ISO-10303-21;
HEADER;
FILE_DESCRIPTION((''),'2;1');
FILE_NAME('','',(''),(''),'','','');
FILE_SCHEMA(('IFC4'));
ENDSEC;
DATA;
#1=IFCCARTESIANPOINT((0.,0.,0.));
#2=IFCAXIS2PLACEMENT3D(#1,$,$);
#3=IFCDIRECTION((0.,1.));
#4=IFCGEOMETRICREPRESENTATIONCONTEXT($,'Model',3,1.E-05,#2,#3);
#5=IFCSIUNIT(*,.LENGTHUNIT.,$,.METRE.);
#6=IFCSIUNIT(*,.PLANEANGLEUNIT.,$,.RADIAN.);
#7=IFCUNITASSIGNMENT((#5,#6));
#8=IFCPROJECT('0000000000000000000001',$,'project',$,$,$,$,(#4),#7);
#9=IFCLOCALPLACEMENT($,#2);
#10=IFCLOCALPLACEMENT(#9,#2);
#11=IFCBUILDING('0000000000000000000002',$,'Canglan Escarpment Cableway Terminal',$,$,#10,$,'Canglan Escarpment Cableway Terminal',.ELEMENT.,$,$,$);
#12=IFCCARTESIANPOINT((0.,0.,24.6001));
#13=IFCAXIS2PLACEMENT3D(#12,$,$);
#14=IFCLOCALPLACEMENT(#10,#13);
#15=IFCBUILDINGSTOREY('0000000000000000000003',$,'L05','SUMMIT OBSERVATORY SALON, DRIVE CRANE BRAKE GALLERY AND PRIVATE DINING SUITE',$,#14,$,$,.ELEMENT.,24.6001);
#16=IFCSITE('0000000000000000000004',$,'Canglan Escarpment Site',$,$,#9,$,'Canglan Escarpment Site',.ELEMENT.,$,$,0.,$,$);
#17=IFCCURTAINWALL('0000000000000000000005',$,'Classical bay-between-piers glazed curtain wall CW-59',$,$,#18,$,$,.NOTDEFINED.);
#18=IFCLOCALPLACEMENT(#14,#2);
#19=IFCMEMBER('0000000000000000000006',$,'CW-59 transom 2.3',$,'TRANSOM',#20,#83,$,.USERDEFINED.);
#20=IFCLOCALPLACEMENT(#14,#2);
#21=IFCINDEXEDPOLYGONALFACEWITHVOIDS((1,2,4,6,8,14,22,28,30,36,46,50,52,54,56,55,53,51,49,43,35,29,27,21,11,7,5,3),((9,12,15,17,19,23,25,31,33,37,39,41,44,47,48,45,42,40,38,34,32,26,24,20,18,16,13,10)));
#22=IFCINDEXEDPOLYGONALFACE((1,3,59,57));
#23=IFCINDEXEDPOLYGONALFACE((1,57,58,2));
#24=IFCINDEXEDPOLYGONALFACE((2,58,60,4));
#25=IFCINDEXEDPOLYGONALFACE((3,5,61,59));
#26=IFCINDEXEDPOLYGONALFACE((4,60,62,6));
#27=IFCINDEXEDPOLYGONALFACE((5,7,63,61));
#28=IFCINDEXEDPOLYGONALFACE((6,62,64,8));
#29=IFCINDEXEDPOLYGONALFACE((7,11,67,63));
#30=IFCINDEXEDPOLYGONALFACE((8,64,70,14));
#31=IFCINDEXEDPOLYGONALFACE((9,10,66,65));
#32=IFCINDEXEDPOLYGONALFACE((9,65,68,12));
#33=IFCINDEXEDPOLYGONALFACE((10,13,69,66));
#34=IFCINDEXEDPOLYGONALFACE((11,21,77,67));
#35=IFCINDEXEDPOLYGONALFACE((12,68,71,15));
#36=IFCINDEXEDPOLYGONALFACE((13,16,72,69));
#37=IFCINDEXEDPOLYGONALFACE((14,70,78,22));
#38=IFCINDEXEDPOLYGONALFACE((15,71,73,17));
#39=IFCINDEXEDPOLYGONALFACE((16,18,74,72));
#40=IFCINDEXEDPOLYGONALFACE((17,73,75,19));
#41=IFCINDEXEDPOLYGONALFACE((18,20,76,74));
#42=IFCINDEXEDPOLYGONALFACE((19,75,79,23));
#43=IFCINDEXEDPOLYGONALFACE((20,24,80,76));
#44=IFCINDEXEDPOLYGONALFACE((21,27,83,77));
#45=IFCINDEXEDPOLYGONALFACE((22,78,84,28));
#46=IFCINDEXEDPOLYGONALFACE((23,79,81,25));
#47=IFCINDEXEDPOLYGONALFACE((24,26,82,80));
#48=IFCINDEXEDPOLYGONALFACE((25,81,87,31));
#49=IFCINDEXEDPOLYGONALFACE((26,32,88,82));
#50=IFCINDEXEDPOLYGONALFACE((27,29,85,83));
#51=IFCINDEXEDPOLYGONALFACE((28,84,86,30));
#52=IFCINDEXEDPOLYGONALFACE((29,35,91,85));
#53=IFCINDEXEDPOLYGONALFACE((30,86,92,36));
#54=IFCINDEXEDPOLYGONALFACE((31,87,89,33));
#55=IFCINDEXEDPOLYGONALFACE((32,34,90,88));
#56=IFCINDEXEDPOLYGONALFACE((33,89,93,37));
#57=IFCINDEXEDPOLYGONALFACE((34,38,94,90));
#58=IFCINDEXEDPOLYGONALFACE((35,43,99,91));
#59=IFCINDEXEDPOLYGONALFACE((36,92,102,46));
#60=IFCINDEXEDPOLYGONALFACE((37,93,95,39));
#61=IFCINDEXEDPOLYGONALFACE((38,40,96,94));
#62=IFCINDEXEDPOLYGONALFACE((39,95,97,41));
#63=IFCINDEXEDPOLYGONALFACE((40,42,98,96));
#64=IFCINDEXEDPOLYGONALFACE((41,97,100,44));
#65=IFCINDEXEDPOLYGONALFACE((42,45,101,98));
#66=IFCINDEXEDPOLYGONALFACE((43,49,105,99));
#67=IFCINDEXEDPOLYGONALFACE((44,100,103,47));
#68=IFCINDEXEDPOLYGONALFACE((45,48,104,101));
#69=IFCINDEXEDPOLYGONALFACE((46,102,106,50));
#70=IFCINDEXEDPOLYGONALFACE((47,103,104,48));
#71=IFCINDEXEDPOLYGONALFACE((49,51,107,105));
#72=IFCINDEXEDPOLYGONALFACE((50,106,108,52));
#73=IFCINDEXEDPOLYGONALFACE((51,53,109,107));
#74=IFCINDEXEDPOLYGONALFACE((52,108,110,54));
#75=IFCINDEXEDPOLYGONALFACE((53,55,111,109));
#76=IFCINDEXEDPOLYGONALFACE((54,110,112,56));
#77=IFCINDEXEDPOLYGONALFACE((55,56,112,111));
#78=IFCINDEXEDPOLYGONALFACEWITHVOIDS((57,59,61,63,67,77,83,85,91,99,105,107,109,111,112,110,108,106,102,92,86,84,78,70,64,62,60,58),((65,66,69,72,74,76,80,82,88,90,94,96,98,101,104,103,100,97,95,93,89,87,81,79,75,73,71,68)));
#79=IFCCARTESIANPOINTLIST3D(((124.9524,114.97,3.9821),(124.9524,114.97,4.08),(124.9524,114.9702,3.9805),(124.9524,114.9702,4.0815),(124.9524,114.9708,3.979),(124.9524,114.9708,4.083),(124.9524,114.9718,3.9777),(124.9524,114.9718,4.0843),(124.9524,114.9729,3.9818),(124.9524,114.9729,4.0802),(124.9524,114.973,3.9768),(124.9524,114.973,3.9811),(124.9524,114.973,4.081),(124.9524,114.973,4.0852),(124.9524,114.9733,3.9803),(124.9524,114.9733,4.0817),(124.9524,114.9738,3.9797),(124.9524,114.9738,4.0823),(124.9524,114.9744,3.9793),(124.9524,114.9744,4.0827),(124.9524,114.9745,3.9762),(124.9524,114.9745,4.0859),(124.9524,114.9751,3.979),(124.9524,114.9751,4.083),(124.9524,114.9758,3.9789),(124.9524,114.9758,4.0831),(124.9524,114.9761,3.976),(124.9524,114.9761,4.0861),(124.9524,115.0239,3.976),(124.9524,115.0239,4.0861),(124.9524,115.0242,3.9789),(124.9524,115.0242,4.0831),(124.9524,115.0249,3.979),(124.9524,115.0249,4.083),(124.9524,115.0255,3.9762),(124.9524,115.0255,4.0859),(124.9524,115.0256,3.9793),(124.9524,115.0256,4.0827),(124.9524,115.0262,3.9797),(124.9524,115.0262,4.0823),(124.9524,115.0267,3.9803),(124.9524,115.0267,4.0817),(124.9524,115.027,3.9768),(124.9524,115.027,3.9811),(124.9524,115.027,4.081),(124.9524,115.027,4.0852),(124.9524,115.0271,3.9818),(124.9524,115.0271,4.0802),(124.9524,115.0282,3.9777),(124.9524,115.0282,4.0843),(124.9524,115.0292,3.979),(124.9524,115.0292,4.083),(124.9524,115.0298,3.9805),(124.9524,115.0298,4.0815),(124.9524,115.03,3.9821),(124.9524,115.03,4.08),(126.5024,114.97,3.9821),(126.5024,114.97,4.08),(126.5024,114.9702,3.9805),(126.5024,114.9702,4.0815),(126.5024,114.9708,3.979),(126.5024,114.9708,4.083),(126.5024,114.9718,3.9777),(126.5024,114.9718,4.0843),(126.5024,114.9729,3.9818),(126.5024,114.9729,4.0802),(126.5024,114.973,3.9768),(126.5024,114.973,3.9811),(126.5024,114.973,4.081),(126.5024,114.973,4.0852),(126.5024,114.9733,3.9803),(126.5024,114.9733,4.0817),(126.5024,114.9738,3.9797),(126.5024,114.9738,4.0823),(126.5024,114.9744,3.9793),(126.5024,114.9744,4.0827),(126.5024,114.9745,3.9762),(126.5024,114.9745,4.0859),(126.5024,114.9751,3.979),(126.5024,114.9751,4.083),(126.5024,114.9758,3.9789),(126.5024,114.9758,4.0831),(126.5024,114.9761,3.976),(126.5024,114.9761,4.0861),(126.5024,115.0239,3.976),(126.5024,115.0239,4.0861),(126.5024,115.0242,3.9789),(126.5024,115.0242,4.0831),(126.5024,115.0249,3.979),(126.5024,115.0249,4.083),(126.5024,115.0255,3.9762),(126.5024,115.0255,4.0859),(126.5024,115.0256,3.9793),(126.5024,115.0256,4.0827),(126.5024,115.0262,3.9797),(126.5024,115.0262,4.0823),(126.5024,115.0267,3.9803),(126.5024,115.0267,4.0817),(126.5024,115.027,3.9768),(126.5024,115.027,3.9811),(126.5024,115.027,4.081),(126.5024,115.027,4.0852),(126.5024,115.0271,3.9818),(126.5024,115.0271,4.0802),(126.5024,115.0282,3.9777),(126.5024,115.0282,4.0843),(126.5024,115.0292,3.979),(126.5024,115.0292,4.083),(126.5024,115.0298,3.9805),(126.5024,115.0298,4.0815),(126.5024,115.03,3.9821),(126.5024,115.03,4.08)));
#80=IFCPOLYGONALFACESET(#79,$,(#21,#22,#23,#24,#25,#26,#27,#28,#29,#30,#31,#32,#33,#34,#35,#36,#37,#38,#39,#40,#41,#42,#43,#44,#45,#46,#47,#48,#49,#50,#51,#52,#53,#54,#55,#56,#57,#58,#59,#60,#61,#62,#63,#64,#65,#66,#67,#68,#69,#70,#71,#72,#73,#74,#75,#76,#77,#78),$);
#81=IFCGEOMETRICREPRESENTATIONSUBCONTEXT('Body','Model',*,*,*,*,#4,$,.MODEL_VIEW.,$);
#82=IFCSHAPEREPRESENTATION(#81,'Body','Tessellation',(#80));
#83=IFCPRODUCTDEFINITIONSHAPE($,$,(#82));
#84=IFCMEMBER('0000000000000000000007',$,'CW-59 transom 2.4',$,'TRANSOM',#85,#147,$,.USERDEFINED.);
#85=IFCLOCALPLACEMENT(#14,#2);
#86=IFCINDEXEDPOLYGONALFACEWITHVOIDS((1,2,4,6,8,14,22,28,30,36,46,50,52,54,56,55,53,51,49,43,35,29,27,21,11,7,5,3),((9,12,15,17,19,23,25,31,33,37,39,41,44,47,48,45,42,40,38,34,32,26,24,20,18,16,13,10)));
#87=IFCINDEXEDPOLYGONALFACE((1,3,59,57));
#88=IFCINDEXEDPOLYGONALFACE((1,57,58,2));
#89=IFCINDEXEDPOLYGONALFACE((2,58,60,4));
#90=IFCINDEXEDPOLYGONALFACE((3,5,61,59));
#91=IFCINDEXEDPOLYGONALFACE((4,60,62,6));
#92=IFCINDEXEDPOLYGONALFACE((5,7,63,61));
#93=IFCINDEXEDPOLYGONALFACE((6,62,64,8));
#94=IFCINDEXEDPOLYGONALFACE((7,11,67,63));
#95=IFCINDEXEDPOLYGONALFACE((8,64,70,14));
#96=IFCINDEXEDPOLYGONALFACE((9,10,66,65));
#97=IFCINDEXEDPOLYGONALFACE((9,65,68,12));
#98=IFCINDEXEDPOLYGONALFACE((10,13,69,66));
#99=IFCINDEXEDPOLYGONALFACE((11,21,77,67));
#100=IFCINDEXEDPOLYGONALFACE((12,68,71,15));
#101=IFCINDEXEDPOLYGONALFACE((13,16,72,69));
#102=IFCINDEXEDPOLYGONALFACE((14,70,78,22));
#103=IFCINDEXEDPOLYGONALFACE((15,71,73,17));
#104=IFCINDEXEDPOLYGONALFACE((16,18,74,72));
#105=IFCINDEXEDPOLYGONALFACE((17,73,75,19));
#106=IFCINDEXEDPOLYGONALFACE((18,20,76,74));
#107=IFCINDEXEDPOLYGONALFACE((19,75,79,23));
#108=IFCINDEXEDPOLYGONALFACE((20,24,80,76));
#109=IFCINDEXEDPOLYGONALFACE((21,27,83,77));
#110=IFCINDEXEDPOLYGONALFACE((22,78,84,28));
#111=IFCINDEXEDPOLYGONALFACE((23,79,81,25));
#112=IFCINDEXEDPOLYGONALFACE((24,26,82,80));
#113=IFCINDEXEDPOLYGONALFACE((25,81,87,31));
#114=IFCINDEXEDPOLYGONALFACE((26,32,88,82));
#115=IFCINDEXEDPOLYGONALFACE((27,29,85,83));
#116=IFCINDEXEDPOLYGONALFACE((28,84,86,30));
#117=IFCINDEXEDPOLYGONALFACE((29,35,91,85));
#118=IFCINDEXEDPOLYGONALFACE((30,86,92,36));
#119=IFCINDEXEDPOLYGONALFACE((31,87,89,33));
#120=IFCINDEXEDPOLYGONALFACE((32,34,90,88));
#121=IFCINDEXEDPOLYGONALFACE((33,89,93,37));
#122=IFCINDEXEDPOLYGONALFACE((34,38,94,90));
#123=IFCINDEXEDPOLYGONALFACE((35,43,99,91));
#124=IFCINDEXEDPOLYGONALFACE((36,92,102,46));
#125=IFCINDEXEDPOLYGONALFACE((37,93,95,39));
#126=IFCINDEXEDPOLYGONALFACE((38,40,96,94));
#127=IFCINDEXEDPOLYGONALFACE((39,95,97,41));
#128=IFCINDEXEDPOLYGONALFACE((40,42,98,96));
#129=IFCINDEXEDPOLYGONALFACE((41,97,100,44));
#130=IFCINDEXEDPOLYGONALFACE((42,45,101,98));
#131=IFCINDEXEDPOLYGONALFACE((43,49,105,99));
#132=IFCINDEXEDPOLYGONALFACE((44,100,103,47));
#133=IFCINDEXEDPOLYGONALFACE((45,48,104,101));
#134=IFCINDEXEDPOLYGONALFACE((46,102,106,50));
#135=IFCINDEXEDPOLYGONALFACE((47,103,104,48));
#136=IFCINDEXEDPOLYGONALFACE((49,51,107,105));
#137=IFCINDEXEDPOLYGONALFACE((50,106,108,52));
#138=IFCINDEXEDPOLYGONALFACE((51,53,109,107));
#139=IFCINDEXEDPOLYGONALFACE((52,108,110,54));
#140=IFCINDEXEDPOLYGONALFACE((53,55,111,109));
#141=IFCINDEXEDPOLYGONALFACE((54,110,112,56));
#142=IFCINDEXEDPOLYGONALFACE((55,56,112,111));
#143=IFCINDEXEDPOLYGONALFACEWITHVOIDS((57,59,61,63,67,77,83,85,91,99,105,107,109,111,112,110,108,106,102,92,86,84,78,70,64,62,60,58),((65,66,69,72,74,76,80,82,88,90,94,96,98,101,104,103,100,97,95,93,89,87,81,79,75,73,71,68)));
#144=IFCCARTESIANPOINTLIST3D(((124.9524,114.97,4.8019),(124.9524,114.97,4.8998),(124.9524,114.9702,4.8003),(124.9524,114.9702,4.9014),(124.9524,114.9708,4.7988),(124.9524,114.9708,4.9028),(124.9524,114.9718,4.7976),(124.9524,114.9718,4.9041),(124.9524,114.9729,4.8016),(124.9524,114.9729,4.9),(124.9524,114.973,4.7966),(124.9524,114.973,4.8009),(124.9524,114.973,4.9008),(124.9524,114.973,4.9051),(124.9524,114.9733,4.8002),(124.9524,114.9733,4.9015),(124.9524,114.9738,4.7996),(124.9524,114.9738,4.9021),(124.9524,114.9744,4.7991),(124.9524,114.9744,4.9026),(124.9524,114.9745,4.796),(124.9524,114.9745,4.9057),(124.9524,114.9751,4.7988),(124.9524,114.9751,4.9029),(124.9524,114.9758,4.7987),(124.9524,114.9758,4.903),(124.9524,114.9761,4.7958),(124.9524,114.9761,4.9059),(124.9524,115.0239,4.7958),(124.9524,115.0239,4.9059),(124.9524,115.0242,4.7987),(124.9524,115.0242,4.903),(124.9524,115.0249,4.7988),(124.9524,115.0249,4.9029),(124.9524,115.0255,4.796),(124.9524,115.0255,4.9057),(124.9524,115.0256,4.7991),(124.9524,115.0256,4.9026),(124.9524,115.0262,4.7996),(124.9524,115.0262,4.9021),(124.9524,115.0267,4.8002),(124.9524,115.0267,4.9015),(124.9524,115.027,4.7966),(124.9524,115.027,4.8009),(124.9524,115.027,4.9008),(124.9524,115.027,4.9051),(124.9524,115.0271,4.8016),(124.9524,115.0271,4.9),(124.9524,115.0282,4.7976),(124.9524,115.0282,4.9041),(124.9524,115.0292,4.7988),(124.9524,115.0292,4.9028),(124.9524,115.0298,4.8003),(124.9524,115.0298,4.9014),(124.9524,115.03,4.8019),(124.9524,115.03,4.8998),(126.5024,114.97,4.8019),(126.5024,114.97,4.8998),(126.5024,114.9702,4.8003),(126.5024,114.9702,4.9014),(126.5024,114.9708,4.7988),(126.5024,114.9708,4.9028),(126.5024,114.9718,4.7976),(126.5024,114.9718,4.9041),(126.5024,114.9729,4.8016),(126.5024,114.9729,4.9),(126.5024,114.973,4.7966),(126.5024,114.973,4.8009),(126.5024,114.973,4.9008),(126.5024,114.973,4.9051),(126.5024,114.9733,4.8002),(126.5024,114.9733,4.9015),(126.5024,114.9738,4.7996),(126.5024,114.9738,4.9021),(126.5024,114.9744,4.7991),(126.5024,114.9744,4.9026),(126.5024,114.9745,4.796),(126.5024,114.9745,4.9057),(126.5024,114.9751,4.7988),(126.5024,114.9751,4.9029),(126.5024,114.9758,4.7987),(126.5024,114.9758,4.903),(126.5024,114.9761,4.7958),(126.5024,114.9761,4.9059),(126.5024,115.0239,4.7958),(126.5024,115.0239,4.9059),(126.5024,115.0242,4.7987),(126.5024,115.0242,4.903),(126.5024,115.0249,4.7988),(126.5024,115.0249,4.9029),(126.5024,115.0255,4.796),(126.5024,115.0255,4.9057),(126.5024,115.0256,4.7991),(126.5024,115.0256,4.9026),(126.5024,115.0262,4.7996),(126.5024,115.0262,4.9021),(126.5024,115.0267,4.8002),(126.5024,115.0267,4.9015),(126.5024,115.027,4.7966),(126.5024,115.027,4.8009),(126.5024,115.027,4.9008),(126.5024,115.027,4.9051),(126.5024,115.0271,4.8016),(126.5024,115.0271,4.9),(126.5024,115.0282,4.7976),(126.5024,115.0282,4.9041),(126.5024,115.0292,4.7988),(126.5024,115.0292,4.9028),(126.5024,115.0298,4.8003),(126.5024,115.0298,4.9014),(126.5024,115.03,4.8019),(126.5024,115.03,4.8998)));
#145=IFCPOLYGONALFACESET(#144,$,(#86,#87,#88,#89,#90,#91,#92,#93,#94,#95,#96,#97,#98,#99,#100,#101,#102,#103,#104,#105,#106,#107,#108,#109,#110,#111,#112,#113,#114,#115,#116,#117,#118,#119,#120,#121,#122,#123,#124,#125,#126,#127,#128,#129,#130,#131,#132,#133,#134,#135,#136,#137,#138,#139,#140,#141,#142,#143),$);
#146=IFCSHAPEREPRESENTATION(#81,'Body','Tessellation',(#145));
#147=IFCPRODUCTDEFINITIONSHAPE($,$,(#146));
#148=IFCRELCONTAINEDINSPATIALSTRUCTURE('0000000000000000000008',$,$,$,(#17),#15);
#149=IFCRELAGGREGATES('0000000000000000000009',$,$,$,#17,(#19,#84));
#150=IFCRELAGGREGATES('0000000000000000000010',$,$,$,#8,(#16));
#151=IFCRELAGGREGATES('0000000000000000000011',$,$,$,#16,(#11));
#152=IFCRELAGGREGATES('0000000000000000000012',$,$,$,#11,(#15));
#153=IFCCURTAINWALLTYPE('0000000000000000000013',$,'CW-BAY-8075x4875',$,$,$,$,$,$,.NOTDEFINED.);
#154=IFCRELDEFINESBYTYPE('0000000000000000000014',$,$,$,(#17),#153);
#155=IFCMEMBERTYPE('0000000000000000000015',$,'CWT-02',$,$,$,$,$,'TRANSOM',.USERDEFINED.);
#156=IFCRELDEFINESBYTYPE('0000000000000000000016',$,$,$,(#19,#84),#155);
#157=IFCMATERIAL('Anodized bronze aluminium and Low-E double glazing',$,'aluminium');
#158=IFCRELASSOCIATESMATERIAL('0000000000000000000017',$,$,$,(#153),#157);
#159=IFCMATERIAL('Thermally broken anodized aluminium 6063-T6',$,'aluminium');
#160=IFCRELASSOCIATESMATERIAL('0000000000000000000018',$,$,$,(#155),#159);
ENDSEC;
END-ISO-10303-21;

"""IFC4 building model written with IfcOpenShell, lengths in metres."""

from ifc_helpers import new_model, si_unit, direction, frame, origin, origin_2d, place, context, subcontext, project, spatial, hollow_rectangle, extrude, material, material_profile, profile_set, type_object, element, aggregate, save


model = new_model("IFC4")

# Units and contexts
model_context = context("Model", 3, precision=1e-05, world=origin(), true_north=direction((0.0, 1.0)))
body_context = subcontext(model_context, "Body", "Model", "MODEL_VIEW")
ifc_project = project(units=[si_unit("LENGTHUNIT", "METRE"), si_unit("PLANEANGLEUNIT", "RADIAN")], contexts=[model_context])

# Site, building, storey
site_placement = place(None, origin())
site = spatial("IfcSite", under=ifc_project, at=site_placement, Name="Canglan Escarpment Site", LongName="Canglan Escarpment Site", CompositionType="ELEMENT", RefElevation=0.0)
building_placement = place(site_placement, origin())
building = spatial("IfcBuilding", under=site, at=building_placement, Name="Canglan Escarpment Cableway Terminal", LongName="Canglan Escarpment Cableway Terminal", CompositionType="ELEMENT")
storey_placement = place(building_placement, frame((0.0, 0.0, 24.6001)))
storey = spatial("IfcBuildingStorey", under=building, at=storey_placement, Name="L05", Description="SUMMIT OBSERVATORY SALON, DRIVE CRANE BRAKE GALLERY AND PRIVATE DINING SUITE", CompositionType="ELEMENT", Elevation=24.6001)

# Curtain wall
ifc_material_1 = material(Name="Anodized bronze aluminium and Low-E double glazing", Category="aluminium")
curtain_wall_type = type_object("IfcCurtainWallType", Name="CW-BAY-8075x4875", PredefinedType="NOTDEFINED", material=ifc_material_1)
curtain_wall_1_placement = place(storey_placement, origin())
curtain_wall_1 = element("IfcCurtainWall", 1, at=curtain_wall_1_placement, inside=storey, type_object=curtain_wall_type, Name="Classical bay-between-piers glazed curtain wall CW-59", PredefinedType="NOTDEFINED")
ifc_material_2 = material(Name="Thermally broken anodized aluminium 6063-T6", Category="aluminium")

# Members
ifc_material_profile_1 = material_profile(ifc_material_2, hollow_rectangle(XDim=0.0601, YDim=0.1101, WallThickness=0.0029, InnerFilletRadius=0.0029, OuterFilletRadius=0.0061, at=origin_2d()), Name="ALU-TRAN 60x110x3")
ifc_profile_set_1 = profile_set([ifc_material_profile_1], Name="Thermally broken anodized aluminium 6063-T6")
member_type_1 = type_object("IfcMemberType", Name="CWT-02", ElementType="TRANSOM", PredefinedType="USERDEFINED", material=ifc_profile_set_1)
member_1_placement = place(storey_placement, frame((126.5024, 115.0, 4.031), z_axis=(-1.0, 0.0, 0.0), x_axis=(0.0, -1.0, 0.0)))
member_1 = element("IfcMember", 2, at=member_1_placement, type_object=member_type_1, Name="CW-59 transom 2.3", ObjectType="TRANSOM", PredefinedType="USERDEFINED", context=body_context, shape_type="SweptSolid", body=[
    extrude(hollow_rectangle(XDim=0.0601, YDim=0.1101, WallThickness=0.0029, InnerFilletRadius=0.0029, OuterFilletRadius=0.0061, at=origin_2d()), origin(), (0.0, 0.0, 1.0), 1.55),
])
member_2_placement = place(storey_placement, frame((126.5024, 115.0, 4.8508), z_axis=(-1.0, 0.0, 0.0), x_axis=(0.0, -1.0, 0.0)))
member_2 = element("IfcMember", 3, at=member_2_placement, type_object=member_type_1, Name="CW-59 transom 2.4", ObjectType="TRANSOM", PredefinedType="USERDEFINED", context=body_context, shape_type="SweptSolid", body=[
    extrude(hollow_rectangle(XDim=0.0601, YDim=0.1101, WallThickness=0.0029, InnerFilletRadius=0.0029, OuterFilletRadius=0.0061, at=origin_2d()), origin(), (0.0, 0.0, 1.0), 1.55),
])

aggregate(curtain_wall_1, [member_1, member_2])

save(model, "model.ifc")
